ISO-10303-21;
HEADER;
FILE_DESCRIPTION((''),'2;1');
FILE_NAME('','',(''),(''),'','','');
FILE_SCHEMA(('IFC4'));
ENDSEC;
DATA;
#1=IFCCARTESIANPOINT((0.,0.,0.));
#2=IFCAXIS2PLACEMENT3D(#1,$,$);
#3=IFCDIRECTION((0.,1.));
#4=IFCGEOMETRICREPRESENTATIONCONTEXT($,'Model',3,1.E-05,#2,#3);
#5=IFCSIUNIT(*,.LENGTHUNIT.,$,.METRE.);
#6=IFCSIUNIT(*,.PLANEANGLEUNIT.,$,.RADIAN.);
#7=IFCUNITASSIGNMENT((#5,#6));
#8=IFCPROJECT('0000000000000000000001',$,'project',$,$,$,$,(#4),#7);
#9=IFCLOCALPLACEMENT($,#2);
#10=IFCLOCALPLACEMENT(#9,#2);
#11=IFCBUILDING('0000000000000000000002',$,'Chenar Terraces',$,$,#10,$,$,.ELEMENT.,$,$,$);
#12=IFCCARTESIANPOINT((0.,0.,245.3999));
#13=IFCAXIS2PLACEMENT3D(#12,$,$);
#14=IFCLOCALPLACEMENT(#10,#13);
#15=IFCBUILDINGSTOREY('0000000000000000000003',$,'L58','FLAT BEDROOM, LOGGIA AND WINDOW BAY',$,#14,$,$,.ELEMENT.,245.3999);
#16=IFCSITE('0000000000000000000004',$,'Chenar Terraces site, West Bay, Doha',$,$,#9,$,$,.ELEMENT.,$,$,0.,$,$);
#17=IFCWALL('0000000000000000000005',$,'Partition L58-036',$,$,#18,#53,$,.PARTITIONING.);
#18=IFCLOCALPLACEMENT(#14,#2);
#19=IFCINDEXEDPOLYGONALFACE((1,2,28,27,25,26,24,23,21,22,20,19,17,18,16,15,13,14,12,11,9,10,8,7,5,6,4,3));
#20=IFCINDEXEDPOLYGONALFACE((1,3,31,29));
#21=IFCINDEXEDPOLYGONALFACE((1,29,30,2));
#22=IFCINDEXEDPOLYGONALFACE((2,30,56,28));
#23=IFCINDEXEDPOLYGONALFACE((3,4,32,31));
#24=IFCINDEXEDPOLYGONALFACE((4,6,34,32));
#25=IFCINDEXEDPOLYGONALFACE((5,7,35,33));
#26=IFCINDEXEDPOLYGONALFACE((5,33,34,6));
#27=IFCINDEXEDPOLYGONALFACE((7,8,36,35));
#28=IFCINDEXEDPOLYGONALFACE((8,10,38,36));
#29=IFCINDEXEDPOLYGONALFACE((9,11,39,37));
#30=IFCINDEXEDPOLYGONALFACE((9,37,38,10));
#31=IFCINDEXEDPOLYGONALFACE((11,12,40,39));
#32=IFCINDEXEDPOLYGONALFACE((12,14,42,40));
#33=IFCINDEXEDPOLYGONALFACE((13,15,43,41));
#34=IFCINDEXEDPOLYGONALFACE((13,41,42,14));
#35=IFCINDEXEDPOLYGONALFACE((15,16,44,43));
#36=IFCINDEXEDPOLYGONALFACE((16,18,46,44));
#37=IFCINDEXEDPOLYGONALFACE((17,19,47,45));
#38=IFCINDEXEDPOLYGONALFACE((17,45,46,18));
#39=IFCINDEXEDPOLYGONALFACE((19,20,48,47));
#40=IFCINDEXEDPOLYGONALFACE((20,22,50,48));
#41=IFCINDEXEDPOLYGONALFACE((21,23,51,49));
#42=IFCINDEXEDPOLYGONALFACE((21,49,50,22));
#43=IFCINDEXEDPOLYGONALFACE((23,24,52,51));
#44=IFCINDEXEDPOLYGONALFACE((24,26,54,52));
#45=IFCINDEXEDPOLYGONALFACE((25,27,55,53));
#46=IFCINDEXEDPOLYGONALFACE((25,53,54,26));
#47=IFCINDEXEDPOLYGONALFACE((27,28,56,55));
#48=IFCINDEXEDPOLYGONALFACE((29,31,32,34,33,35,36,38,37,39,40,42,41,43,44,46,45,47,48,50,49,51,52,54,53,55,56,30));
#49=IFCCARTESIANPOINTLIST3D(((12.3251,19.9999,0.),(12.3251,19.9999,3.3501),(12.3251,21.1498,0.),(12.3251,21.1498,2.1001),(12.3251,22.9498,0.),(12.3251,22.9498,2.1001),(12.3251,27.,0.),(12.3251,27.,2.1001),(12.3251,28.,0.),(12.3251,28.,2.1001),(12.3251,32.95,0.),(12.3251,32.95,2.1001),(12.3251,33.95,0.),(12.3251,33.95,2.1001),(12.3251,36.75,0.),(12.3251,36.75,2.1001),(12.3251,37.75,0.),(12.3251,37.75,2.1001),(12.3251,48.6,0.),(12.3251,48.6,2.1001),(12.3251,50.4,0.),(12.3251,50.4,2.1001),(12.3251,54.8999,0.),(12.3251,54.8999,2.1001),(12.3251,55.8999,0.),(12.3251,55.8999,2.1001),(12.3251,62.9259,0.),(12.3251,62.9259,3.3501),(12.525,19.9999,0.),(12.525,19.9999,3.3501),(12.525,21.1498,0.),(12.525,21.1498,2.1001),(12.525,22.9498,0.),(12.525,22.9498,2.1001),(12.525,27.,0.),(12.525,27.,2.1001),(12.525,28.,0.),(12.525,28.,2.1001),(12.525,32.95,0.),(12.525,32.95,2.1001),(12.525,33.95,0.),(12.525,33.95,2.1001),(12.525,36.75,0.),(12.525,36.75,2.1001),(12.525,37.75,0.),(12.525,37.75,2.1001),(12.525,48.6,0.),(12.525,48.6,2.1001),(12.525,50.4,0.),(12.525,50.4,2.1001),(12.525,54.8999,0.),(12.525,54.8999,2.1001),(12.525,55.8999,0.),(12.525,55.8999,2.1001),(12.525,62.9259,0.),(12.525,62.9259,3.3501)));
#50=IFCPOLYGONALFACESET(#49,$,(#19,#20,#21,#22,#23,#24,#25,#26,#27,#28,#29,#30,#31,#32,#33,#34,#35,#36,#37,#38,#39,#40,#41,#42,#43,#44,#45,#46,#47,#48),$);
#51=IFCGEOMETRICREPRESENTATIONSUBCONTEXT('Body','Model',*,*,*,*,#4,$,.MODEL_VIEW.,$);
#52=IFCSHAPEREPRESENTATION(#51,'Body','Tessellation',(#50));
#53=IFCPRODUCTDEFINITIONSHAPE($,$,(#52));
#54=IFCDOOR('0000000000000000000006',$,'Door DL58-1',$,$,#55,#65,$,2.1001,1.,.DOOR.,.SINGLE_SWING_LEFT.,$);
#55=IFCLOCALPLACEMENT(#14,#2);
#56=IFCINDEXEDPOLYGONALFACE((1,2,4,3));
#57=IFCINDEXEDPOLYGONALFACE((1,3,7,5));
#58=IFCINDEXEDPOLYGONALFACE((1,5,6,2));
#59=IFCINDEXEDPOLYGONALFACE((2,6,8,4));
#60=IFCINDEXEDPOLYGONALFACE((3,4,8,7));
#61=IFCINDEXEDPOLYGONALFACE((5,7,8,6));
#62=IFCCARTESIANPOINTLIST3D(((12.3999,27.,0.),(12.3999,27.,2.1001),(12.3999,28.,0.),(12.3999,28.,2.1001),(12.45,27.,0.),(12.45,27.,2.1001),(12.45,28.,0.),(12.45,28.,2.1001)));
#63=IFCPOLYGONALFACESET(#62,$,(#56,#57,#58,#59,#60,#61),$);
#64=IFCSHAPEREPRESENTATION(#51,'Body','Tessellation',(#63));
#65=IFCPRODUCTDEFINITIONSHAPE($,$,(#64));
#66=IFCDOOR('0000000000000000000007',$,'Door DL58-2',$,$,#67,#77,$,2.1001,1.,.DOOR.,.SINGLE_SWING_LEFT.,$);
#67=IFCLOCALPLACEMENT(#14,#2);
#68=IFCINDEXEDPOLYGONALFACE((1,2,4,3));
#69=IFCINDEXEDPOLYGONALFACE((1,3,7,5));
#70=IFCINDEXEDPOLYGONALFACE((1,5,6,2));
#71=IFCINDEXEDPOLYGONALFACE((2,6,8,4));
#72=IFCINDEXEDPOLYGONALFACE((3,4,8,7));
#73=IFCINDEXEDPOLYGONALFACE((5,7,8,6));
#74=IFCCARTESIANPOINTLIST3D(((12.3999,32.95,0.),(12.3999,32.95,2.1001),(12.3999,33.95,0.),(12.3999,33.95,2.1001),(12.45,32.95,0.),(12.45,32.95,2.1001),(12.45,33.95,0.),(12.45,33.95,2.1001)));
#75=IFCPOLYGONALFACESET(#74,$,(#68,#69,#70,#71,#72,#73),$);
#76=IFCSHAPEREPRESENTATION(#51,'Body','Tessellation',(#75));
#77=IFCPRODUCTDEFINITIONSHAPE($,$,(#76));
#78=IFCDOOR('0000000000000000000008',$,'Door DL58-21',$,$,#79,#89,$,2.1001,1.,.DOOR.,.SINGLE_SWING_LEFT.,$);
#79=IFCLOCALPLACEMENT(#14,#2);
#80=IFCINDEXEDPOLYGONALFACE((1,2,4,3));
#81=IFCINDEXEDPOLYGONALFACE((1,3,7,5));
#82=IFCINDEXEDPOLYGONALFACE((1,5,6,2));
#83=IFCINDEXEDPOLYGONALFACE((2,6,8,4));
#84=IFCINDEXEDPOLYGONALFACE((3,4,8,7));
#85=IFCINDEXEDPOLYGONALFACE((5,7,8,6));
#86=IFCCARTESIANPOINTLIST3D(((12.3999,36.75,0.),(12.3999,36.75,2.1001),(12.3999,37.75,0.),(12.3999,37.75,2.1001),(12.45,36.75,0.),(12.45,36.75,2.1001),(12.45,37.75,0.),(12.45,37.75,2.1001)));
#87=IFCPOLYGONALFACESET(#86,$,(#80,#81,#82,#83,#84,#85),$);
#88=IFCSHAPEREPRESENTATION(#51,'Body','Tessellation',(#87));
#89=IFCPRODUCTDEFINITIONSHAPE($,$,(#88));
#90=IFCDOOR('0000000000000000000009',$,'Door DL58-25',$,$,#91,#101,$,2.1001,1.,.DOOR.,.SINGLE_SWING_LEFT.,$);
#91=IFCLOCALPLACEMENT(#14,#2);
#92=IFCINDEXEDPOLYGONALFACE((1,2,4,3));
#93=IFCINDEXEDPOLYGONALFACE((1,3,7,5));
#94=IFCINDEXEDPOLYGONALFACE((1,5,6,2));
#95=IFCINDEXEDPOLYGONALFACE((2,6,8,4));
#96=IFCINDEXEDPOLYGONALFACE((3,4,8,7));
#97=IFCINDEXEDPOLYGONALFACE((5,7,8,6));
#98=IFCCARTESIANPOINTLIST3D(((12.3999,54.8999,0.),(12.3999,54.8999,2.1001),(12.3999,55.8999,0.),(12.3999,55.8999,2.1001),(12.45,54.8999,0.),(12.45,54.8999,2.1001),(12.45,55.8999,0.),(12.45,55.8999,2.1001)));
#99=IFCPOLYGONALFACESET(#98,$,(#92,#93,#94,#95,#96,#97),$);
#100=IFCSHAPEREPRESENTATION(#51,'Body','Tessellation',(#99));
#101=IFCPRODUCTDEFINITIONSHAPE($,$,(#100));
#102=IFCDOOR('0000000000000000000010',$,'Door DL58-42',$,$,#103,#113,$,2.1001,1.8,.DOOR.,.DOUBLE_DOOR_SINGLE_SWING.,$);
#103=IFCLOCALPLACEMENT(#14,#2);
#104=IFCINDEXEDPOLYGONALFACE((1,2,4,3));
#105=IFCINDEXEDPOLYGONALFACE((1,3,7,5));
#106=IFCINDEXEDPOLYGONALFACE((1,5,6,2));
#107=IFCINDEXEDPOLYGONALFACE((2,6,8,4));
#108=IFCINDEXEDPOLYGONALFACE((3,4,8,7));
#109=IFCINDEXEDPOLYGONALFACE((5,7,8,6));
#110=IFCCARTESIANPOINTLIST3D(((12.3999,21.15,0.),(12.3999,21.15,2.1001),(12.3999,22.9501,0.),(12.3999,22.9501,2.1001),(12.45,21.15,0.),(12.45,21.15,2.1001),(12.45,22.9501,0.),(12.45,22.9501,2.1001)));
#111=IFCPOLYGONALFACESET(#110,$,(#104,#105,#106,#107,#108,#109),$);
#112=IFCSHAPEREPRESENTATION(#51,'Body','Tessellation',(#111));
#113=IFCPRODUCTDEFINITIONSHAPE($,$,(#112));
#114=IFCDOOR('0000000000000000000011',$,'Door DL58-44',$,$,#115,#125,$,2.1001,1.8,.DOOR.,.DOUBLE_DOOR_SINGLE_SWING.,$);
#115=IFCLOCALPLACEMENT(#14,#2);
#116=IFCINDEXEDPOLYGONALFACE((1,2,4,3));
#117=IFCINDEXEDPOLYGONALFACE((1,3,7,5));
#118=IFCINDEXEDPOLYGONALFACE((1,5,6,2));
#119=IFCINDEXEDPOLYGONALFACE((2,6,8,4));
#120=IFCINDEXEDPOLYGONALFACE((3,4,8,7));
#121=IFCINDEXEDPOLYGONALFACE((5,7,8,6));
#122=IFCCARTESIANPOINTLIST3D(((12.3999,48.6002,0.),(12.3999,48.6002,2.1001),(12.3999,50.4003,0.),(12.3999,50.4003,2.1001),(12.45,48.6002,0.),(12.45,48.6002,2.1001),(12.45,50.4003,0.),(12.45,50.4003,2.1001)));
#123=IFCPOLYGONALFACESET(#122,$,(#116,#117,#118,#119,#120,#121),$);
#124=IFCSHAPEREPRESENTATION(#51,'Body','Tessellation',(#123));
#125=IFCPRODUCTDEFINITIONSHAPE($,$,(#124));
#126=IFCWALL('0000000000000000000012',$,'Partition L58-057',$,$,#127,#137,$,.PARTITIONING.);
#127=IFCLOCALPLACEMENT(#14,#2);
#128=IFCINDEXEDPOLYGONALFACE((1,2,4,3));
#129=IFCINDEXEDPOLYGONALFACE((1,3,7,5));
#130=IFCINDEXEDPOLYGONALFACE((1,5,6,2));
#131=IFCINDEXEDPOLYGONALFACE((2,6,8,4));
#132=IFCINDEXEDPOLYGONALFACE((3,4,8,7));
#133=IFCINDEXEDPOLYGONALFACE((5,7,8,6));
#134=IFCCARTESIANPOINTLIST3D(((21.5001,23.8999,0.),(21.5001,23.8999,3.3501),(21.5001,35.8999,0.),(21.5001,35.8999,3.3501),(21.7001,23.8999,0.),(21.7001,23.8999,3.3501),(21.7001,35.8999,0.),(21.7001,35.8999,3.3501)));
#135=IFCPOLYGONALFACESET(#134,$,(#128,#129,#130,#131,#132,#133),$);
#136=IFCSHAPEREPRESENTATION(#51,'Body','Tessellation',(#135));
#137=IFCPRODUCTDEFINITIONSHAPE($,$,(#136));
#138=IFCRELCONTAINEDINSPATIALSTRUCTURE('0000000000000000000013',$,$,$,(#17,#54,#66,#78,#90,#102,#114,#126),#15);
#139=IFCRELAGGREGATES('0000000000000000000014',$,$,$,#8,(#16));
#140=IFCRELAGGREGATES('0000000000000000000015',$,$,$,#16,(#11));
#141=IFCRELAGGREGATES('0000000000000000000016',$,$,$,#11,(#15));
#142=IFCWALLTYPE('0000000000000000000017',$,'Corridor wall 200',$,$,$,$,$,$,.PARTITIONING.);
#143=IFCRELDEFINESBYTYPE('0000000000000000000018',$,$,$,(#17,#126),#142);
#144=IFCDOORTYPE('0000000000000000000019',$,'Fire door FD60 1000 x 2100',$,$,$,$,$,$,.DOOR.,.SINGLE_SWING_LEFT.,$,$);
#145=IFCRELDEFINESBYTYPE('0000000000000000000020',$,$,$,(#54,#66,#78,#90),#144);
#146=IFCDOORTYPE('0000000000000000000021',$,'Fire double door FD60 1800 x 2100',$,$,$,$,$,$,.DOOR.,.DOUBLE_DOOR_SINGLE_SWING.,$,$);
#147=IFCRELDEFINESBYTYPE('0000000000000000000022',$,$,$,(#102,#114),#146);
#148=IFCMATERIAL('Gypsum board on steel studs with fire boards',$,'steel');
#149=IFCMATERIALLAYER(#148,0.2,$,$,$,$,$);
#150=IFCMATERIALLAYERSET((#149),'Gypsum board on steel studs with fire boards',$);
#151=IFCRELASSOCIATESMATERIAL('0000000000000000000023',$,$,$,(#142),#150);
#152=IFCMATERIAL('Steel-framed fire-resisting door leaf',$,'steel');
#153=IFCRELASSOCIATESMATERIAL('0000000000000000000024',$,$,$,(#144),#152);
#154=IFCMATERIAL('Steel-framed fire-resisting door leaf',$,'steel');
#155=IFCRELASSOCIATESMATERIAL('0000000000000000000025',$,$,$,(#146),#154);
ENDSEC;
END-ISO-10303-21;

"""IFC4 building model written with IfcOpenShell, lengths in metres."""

from ifc_helpers import new_model, si_unit, direction, frame, frame_2d, origin, place, context, subcontext, project, spatial, rectangle, extrude, material, layer, layer_set, type_object, element, fill, save


model = new_model("IFC4")

# Units and contexts
model_context = context("Model", 3, precision=1e-05, world=origin(), true_north=direction((0.0, 1.0)))
body_context = subcontext(model_context, "Body", "Model", "MODEL_VIEW")
ifc_project = project(units=[si_unit("LENGTHUNIT", "METRE"), si_unit("PLANEANGLEUNIT", "RADIAN")], contexts=[model_context])

# Site, building, storey
site_placement = place(None, origin())
site = spatial("IfcSite", under=ifc_project, at=site_placement, Name="Chenar Terraces site, West Bay, Doha", CompositionType="ELEMENT", RefElevation=0.0)
building_placement = place(site_placement, origin())
building = spatial("IfcBuilding", under=site, at=building_placement, Name="Chenar Terraces", CompositionType="ELEMENT")
storey_placement = place(building_placement, frame((0.0, 0.0, 245.3999)))
storey = spatial("IfcBuildingStorey", under=building, at=storey_placement, Name="L58", Description="FLAT BEDROOM, LOGGIA AND WINDOW BAY", CompositionType="ELEMENT", Elevation=245.3999)

# Wall, openings, doors
ifc_material_1 = material(Name="Gypsum board on steel studs with fire boards", Category="steel")
ifc_layer_1 = layer(ifc_material_1, 0.2)
ifc_layer_set_1 = layer_set([ifc_layer_1], Name="Gypsum board on steel studs with fire boards")
wall_type_1 = type_object("IfcWallType", Name="Corridor wall 200", PredefinedType="PARTITIONING", material=ifc_layer_set_1)
wall_1_placement = place(storey_placement, frame((12.425, 20.0, 0.0), z_axis=(0.0, 0.0, 1.0), x_axis=(0.0, 1.0, 0.0)))
wall_1 = element("IfcWall", 1, at=wall_1_placement, inside=storey, type_object=wall_type_1, Name="Partition L58-036", PredefinedType="PARTITIONING", context=body_context, shape_type="SweptSolid", body=[
    extrude(rectangle(XDim=42.926, YDim=0.2, at=frame_2d((21.4629, 0.0))), origin(), (0.0, 0.0, 1.0), 3.3501),
])
opening_1_placement = place(wall_1_placement, frame((7.0, 0.0, 0.0)))
opening_1 = element("IfcOpeningElement", 2, at=opening_1_placement, cuts=wall_1, PredefinedType="OPENING", context=body_context, shape_type="SweptSolid", body=[
    extrude(rectangle(XDim=1.0, YDim=2.1001, at=frame_2d((0.5, 1.05))), frame((0.0, 0.1099, 0.0), z_axis=(0.0, -1.0, 0.0), x_axis=(1.0, 0.0, 0.0)), (0.0, 0.0, 1.0), 0.22),
])
opening_2_placement = place(wall_1_placement, frame((12.95, 0.0, 0.0)))
opening_2 = element("IfcOpeningElement", 3, at=opening_2_placement, cuts=wall_1, PredefinedType="OPENING", context=body_context, shape_type="SweptSolid", body=[
    extrude(rectangle(XDim=1.0, YDim=2.1001, at=frame_2d((0.5, 1.05))), frame((0.0, 0.1099, 0.0), z_axis=(0.0, -1.0, 0.0), x_axis=(1.0, 0.0, 0.0)), (0.0, 0.0, 1.0), 0.22),
])
opening_3_placement = place(wall_1_placement, frame((16.75, 0.0, 0.0)))
opening_3 = element("IfcOpeningElement", 4, at=opening_3_placement, cuts=wall_1, PredefinedType="OPENING", context=body_context, shape_type="SweptSolid", body=[
    extrude(rectangle(XDim=1.0, YDim=2.1001, at=frame_2d((0.5, 1.05))), frame((0.0, 0.1099, 0.0), z_axis=(0.0, -1.0, 0.0), x_axis=(1.0, 0.0, 0.0)), (0.0, 0.0, 1.0), 0.22),
])
opening_4_placement = place(wall_1_placement, frame((34.8999, 0.0, 0.0)))
opening_4 = element("IfcOpeningElement", 5, at=opening_4_placement, cuts=wall_1, PredefinedType="OPENING", context=body_context, shape_type="SweptSolid", body=[
    extrude(rectangle(XDim=1.0, YDim=2.1001, at=frame_2d((0.5, 1.05))), frame((0.0, 0.1099, 0.0), z_axis=(0.0, -1.0, 0.0), x_axis=(1.0, 0.0, 0.0)), (0.0, 0.0, 1.0), 0.22),
])
opening_5_placement = place(wall_1_placement, frame((1.1499, 0.0, 0.0)))
opening_5 = element("IfcOpeningElement", 6, at=opening_5_placement, cuts=wall_1, PredefinedType="OPENING", context=body_context, shape_type="SweptSolid", body=[
    extrude(rectangle(XDim=1.8, YDim=2.1001, at=frame_2d((0.8999, 1.05))), frame((0.0, 0.1099, 0.0), z_axis=(0.0, -1.0, 0.0), x_axis=(1.0, 0.0, 0.0)), (0.0, 0.0, 1.0), 0.22),
])
opening_6_placement = place(wall_1_placement, frame((28.6001, 0.0, 0.0)))
opening_6 = element("IfcOpeningElement", 7, at=opening_6_placement, cuts=wall_1, PredefinedType="OPENING", context=body_context, shape_type="SweptSolid", body=[
    extrude(rectangle(XDim=1.8, YDim=2.1001, at=frame_2d((0.8999, 1.05))), frame((0.0, 0.1099, 0.0), z_axis=(0.0, -1.0, 0.0), x_axis=(1.0, 0.0, 0.0)), (0.0, 0.0, 1.0), 0.22),
])
ifc_material_2 = material(Name="Steel-framed fire-resisting door leaf", Category="steel")
door_type_1 = type_object("IfcDoorType", Name="Fire door FD60 1000 x 2100", OperationType="SINGLE_SWING_LEFT", PredefinedType="DOOR", material=ifc_material_2)
door_1_placement = place(opening_1_placement, frame((1.0, 0.0, 0.0), z_axis=(0.0, 0.0, 1.0), x_axis=(-1.0, 0.0, 0.0)))
door_1 = element("IfcDoor", 8, at=door_1_placement, inside=storey, type_object=door_type_1, Name="Door DL58-1", OperationType="SINGLE_SWING_LEFT", OverallHeight=2.1001, OverallWidth=1.0, PredefinedType="DOOR", context=body_context, shape_type="SweptSolid", body=[
    extrude(rectangle(XDim=1.0, YDim=2.1001, at=frame_2d((0.5, 1.05))), frame((0.0, 0.0249, 0.0), z_axis=(0.0, -1.0, 0.0), x_axis=(1.0, 0.0, 0.0)), (0.0, 0.0, 1.0), 0.05),
])
fill(opening_1, door_1)
door_2_placement = place(opening_2_placement, frame((1.0, 0.0, 0.0), z_axis=(0.0, 0.0, 1.0), x_axis=(-1.0, 0.0, 0.0)))
door_2 = element("IfcDoor", 9, at=door_2_placement, inside=storey, type_object=door_type_1, Name="Door DL58-2", OperationType="SINGLE_SWING_LEFT", OverallHeight=2.1001, OverallWidth=1.0, PredefinedType="DOOR", context=body_context, shape_type="SweptSolid", body=[
    extrude(rectangle(XDim=1.0, YDim=2.1001, at=frame_2d((0.5, 1.05))), frame((0.0, 0.0249, 0.0), z_axis=(0.0, -1.0, 0.0), x_axis=(1.0, 0.0, 0.0)), (0.0, 0.0, 1.0), 0.05),
])
fill(opening_2, door_2)
door_3_placement = place(opening_3_placement, frame((1.0, 0.0, 0.0), z_axis=(0.0, 0.0, 1.0), x_axis=(-1.0, 0.0, 0.0)))
door_3 = element("IfcDoor", 10, at=door_3_placement, inside=storey, type_object=door_type_1, Name="Door DL58-21", OperationType="SINGLE_SWING_LEFT", OverallHeight=2.1001, OverallWidth=1.0, PredefinedType="DOOR", context=body_context, shape_type="SweptSolid", body=[
    extrude(rectangle(XDim=1.0, YDim=2.1001, at=frame_2d((0.5, 1.05))), frame((0.0, 0.0249, 0.0), z_axis=(0.0, -1.0, 0.0), x_axis=(1.0, 0.0, 0.0)), (0.0, 0.0, 1.0), 0.05),
])
fill(opening_3, door_3)
door_4_placement = place(opening_4_placement, frame((1.0, 0.0, 0.0), z_axis=(0.0, 0.0, 1.0), x_axis=(-1.0, 0.0, 0.0)))
door_4 = element("IfcDoor", 11, at=door_4_placement, inside=storey, type_object=door_type_1, Name="Door DL58-25", OperationType="SINGLE_SWING_LEFT", OverallHeight=2.1001, OverallWidth=1.0, PredefinedType="DOOR", context=body_context, shape_type="SweptSolid", body=[
    extrude(rectangle(XDim=1.0, YDim=2.1001, at=frame_2d((0.5, 1.05))), frame((0.0, 0.0249, 0.0), z_axis=(0.0, -1.0, 0.0), x_axis=(1.0, 0.0, 0.0)), (0.0, 0.0, 1.0), 0.05),
])
fill(opening_4, door_4)
ifc_material_3 = material(Name="Steel-framed fire-resisting door leaf", Category="steel")
door_type_2 = type_object("IfcDoorType", Name="Fire double door FD60 1800 x 2100", OperationType="DOUBLE_DOOR_SINGLE_SWING", PredefinedType="DOOR", material=ifc_material_3)
door_5_placement = place(opening_5_placement, frame((1.8, 0.0, 0.0), z_axis=(0.0, 0.0, 1.0), x_axis=(-1.0, 0.0, 0.0)))
door_5 = element("IfcDoor", 12, at=door_5_placement, inside=storey, type_object=door_type_2, Name="Door DL58-42", OperationType="DOUBLE_DOOR_SINGLE_SWING", OverallHeight=2.1001, OverallWidth=1.8, PredefinedType="DOOR", context=body_context, shape_type="SweptSolid", body=[
    extrude(rectangle(XDim=1.8, YDim=2.1001, at=frame_2d((0.8999, 1.05))), frame((0.0, 0.0249, 0.0), z_axis=(0.0, -1.0, 0.0), x_axis=(1.0, 0.0, 0.0)), (0.0, 0.0, 1.0), 0.05),
])
fill(opening_5, door_5)
door_6_placement = place(opening_6_placement, frame((1.8, 0.0, 0.0), z_axis=(0.0, 0.0, 1.0), x_axis=(-1.0, 0.0, 0.0)))
door_6 = element("IfcDoor", 13, at=door_6_placement, inside=storey, type_object=door_type_2, Name="Door DL58-44", OperationType="DOUBLE_DOOR_SINGLE_SWING", OverallHeight=2.1001, OverallWidth=1.8, PredefinedType="DOOR", context=body_context, shape_type="SweptSolid", body=[
    extrude(rectangle(XDim=1.8, YDim=2.1001, at=frame_2d((0.8999, 1.05))), frame((0.0, 0.0249, 0.0), z_axis=(0.0, -1.0, 0.0), x_axis=(1.0, 0.0, 0.0)), (0.0, 0.0, 1.0), 0.05),
])
fill(opening_6, door_6)

# Wall
wall_2_placement = place(storey_placement, frame((21.6001, 23.8999, 0.0), z_axis=(0.0, 0.0, 1.0), x_axis=(0.0, 1.0, 0.0)))
element("IfcWall", 14, at=wall_2_placement, inside=storey, type_object=wall_type_1, Name="Partition L58-057", PredefinedType="PARTITIONING", context=body_context, shape_type="SweptSolid", body=[
    extrude(rectangle(XDim=12.0, YDim=0.2, at=frame_2d((6.0, 0.0))), origin(), (0.0, 0.0, 1.0), 3.3501),
])

save(model, "model.ifc")
